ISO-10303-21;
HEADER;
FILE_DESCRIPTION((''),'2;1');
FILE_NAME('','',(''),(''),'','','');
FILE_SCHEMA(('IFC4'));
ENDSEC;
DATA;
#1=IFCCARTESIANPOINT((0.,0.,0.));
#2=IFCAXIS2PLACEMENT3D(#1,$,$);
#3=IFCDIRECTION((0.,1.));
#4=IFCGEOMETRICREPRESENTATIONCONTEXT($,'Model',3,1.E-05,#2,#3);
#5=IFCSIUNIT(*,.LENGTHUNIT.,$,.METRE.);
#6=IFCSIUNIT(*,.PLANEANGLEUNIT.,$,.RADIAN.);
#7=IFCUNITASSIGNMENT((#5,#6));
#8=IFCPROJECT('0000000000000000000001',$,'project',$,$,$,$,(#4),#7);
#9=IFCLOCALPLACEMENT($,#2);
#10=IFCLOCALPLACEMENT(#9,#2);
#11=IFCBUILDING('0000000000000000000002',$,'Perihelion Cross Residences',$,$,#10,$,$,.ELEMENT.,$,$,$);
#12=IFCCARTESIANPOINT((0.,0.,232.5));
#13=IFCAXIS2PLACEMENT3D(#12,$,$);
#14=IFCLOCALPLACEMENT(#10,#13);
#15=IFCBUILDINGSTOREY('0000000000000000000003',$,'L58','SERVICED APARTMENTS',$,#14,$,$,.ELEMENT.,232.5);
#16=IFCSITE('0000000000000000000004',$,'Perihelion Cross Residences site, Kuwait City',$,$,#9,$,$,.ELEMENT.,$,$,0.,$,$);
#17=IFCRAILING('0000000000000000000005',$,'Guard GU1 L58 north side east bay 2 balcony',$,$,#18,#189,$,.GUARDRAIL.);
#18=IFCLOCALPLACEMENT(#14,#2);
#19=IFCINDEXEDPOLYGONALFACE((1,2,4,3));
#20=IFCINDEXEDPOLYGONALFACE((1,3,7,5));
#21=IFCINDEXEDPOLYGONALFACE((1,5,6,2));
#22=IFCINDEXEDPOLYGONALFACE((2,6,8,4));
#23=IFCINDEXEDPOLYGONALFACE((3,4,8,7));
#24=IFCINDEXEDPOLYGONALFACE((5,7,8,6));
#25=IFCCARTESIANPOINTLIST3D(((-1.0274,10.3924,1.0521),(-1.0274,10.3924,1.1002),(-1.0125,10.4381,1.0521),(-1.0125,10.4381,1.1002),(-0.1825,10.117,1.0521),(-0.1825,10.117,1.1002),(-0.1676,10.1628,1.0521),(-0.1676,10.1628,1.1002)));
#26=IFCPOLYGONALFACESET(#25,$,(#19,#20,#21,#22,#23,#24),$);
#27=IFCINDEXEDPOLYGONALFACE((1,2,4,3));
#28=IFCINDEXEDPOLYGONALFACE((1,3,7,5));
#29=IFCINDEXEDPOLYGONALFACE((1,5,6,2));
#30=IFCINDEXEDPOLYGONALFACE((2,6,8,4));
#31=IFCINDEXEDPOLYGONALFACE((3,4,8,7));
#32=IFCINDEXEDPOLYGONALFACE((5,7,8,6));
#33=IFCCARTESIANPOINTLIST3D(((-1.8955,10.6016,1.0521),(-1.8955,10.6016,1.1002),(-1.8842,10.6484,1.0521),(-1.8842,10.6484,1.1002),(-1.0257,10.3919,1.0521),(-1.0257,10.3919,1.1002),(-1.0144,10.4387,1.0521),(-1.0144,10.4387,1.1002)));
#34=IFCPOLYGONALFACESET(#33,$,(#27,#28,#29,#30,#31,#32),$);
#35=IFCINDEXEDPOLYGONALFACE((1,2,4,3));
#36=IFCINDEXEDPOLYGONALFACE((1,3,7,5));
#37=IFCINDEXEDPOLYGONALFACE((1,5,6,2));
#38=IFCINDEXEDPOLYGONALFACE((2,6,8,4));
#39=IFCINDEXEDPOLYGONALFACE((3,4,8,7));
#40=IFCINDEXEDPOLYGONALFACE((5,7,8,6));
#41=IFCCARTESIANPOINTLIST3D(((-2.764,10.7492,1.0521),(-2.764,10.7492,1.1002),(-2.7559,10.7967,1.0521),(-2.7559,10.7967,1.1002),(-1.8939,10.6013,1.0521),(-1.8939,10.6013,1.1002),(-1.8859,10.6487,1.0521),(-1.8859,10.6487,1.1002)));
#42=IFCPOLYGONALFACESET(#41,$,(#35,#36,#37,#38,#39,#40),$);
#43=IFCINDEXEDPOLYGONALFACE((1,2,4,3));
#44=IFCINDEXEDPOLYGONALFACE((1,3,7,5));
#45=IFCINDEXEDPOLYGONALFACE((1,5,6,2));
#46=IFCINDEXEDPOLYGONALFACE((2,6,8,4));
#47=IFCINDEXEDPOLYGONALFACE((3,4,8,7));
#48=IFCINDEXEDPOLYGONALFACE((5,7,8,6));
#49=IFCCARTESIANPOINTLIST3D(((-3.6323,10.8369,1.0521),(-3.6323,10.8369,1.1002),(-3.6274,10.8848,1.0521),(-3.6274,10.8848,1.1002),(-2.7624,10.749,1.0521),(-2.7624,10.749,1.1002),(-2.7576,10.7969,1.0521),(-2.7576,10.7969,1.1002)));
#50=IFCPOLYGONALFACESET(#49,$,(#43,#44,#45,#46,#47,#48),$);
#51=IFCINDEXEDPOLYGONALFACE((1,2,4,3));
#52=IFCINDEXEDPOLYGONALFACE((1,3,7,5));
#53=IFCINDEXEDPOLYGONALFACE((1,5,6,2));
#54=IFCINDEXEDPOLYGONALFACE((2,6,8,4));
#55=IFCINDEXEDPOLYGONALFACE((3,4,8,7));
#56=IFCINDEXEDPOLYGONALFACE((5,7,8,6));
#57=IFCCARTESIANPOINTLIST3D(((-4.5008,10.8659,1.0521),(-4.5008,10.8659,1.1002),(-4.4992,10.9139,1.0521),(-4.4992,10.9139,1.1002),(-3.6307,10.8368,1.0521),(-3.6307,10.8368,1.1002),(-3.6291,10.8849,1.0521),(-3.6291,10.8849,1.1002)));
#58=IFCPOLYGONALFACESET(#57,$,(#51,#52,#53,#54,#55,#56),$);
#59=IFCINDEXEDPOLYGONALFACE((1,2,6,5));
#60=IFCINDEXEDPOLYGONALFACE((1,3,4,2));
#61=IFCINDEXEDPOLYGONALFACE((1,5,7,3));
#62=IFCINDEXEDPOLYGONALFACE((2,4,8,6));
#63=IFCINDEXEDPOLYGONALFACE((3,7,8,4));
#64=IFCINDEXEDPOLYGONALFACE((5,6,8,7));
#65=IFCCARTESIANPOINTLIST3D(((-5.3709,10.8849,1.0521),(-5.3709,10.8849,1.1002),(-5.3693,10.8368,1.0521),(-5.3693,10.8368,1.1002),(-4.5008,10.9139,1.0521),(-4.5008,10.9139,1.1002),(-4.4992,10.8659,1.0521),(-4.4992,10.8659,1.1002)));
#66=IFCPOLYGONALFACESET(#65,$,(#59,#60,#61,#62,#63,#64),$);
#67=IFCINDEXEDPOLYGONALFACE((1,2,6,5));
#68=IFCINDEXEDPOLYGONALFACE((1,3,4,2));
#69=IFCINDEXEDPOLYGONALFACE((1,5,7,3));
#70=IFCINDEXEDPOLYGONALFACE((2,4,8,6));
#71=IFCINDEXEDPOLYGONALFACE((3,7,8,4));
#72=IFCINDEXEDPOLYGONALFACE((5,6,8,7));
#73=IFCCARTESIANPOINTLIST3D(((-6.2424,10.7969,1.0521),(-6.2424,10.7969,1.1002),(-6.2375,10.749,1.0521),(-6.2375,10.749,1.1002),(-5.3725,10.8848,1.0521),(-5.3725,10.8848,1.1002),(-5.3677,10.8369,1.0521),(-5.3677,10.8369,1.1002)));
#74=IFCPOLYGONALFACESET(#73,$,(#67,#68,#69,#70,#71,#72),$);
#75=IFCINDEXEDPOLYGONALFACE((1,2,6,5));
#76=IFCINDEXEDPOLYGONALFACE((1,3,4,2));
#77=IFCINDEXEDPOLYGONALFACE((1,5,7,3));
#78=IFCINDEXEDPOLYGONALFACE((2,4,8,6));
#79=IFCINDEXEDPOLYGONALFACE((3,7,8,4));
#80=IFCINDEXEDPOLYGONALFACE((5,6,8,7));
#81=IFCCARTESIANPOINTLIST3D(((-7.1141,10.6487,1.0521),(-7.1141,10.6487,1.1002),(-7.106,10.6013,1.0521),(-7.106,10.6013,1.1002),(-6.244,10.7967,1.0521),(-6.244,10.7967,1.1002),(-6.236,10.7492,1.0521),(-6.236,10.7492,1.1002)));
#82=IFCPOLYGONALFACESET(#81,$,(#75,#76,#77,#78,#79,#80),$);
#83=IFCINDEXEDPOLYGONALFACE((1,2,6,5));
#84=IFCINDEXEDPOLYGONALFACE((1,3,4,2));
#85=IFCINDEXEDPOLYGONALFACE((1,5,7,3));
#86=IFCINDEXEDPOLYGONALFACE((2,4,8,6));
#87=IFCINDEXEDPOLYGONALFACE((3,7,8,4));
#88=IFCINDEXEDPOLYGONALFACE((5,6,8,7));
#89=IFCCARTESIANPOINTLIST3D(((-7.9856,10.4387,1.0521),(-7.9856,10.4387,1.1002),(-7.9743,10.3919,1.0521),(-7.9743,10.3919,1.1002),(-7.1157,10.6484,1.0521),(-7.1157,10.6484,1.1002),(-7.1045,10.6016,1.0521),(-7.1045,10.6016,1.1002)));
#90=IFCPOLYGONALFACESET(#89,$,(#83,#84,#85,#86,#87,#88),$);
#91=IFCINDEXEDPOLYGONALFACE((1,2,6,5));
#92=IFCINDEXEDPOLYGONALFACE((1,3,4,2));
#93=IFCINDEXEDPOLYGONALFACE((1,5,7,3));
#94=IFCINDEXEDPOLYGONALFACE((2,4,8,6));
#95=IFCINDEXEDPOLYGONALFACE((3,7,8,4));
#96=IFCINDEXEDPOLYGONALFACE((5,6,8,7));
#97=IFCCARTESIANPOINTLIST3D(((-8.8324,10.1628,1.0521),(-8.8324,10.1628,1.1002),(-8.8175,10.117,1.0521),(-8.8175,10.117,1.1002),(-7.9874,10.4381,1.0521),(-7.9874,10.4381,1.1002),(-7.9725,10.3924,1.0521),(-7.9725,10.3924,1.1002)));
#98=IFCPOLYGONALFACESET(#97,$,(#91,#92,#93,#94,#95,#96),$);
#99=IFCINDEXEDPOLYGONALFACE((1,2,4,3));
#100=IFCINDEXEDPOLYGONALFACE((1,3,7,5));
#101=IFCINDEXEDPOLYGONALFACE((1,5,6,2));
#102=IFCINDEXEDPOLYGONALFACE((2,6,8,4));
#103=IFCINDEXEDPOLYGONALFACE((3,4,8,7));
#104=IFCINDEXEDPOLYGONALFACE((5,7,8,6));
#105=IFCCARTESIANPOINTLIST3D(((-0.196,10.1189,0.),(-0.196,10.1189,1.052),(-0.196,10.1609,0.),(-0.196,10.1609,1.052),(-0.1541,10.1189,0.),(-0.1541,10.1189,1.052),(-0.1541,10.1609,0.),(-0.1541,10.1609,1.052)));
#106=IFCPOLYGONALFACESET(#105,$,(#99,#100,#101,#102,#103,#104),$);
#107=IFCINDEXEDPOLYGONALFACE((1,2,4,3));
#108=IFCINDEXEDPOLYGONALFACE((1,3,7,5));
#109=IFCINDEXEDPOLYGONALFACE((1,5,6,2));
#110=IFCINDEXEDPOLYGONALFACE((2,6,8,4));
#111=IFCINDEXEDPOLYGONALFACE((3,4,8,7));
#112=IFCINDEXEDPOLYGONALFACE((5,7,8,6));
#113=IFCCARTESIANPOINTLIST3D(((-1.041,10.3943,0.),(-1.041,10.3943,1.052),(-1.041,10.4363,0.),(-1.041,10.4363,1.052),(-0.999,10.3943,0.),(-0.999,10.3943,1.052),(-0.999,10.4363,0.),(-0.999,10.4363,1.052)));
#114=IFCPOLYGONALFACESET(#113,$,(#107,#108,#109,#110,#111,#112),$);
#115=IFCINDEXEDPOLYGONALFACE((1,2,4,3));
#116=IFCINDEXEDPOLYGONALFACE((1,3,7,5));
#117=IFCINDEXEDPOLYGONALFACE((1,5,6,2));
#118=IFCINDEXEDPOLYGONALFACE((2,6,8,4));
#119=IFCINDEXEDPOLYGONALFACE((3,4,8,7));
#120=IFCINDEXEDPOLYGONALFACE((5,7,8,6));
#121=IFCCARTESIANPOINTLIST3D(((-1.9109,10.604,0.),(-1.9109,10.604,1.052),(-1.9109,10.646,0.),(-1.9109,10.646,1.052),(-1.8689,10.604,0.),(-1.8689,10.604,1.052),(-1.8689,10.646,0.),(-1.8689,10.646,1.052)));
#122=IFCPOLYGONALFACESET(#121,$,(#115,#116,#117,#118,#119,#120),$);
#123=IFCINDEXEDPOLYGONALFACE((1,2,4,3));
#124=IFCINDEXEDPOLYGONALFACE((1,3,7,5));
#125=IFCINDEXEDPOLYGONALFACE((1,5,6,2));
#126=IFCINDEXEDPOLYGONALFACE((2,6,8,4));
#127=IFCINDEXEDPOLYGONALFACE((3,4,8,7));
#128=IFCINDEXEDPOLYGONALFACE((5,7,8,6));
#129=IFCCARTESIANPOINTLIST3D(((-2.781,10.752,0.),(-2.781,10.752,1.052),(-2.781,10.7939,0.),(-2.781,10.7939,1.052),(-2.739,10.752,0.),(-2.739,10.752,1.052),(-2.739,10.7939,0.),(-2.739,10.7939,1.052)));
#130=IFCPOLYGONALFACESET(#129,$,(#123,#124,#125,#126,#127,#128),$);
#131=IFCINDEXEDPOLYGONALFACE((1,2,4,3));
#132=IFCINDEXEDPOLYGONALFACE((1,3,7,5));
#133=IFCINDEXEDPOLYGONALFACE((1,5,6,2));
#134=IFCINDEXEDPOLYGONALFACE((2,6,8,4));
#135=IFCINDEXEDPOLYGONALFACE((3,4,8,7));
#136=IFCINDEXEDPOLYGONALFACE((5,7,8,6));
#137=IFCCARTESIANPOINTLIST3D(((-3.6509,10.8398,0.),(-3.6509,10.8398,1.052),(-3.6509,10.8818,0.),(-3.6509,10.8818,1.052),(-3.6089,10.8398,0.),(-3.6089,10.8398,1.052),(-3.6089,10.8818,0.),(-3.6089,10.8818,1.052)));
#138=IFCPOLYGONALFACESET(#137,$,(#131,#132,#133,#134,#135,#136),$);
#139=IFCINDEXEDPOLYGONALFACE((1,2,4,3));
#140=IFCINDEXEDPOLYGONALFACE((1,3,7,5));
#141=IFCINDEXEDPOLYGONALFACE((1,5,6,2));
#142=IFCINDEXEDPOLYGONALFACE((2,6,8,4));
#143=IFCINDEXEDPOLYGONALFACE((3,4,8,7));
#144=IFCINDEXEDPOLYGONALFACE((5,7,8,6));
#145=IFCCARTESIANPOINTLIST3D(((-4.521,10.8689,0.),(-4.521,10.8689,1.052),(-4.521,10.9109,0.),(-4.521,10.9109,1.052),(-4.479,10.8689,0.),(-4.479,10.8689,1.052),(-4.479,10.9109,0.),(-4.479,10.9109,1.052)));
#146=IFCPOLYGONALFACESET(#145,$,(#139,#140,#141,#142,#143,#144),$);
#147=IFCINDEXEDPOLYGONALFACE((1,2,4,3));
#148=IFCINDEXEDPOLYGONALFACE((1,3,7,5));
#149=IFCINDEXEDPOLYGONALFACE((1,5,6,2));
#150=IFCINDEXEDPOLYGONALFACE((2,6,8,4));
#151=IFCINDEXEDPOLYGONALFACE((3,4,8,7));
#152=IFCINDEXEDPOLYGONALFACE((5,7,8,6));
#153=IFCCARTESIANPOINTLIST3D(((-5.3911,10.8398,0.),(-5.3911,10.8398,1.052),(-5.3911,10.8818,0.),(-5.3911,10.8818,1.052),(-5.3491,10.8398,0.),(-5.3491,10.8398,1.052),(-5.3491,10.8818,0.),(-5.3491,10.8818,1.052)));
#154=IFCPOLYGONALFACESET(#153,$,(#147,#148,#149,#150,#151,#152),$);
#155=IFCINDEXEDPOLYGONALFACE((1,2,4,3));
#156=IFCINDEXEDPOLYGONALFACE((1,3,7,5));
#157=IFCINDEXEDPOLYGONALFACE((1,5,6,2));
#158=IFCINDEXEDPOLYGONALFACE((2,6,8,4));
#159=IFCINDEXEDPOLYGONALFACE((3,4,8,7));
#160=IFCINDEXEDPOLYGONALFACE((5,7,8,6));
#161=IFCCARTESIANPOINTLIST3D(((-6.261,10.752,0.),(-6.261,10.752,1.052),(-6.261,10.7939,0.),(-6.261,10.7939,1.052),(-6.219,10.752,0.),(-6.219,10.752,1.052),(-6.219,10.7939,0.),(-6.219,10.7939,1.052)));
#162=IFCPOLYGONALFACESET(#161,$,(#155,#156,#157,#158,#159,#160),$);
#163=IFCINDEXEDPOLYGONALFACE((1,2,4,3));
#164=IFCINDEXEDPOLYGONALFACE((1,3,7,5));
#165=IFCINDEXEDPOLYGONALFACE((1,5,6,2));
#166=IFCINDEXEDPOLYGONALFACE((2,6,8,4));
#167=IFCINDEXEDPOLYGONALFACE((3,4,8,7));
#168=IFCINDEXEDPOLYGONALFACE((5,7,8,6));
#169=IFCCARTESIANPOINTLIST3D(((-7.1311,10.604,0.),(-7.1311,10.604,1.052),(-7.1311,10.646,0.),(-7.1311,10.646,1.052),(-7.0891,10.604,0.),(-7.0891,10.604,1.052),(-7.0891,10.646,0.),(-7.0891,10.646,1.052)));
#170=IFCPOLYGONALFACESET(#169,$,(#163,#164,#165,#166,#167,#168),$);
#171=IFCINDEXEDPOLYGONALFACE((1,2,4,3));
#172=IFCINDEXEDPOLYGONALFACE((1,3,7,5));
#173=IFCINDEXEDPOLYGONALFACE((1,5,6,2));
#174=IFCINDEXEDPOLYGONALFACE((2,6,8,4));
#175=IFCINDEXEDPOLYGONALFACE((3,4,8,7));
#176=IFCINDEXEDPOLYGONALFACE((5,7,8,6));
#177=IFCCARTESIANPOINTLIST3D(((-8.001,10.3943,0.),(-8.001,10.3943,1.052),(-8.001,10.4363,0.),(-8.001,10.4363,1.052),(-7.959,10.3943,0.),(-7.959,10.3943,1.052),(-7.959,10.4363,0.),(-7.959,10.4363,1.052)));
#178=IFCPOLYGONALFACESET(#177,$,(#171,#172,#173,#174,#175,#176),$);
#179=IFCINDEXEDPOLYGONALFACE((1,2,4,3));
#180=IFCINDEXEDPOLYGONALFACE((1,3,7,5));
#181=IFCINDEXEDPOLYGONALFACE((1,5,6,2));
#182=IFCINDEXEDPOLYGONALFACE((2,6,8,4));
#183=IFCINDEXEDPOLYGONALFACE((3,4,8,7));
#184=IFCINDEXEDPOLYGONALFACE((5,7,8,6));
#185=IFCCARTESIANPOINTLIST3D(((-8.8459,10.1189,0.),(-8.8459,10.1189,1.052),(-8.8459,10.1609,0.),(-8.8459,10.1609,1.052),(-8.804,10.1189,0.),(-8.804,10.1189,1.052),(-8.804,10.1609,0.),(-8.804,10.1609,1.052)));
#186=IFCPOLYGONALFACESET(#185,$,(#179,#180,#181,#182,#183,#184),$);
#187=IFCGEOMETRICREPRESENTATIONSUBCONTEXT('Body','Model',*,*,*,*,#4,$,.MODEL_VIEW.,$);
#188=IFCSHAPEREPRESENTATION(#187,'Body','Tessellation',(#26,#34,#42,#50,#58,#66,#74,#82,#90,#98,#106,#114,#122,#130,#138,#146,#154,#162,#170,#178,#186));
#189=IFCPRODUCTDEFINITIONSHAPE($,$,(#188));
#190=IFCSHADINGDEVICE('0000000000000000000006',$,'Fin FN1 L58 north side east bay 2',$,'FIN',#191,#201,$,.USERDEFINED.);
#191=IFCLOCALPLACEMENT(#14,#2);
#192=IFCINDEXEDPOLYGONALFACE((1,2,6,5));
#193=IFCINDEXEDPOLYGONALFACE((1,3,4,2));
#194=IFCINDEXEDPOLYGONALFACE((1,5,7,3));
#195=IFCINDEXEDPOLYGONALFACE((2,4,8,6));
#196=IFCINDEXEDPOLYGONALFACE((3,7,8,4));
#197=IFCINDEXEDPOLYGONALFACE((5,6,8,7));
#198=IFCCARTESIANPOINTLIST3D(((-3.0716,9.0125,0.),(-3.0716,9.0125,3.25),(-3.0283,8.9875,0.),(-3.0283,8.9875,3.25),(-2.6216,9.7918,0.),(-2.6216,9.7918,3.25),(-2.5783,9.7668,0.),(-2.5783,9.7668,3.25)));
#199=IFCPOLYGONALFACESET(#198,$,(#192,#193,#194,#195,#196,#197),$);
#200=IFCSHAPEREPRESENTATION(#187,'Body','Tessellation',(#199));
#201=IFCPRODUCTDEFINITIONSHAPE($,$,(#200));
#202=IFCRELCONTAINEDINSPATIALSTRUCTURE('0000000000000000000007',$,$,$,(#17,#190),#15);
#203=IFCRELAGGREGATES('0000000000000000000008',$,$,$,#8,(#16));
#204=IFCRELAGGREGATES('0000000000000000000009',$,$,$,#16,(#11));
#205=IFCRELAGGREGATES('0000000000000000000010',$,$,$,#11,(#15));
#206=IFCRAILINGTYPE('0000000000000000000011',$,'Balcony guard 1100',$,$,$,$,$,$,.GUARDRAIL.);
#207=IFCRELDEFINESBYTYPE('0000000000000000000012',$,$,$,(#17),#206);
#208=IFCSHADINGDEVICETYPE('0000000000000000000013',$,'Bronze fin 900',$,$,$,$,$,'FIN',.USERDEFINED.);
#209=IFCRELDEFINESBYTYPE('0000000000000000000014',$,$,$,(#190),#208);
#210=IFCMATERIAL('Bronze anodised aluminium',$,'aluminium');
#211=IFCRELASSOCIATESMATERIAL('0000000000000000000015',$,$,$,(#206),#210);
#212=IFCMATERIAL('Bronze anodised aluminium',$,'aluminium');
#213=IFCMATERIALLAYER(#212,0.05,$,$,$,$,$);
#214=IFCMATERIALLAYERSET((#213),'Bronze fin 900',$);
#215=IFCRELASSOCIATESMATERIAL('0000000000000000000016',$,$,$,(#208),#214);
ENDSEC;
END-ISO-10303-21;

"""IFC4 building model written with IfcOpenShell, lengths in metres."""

from ifc_helpers import new_model, si_unit, direction, frame, origin, origin_2d, place, context, subcontext, project, spatial, rectangle, extrude, material, layer, layer_set, type_object, element, save


model = new_model("IFC4")

# Units and contexts
model_context = context("Model", 3, precision=1e-05, world=origin(), true_north=direction((0.0, 1.0)))
body_context = subcontext(model_context, "Body", "Model", "MODEL_VIEW")
ifc_project = project(units=[si_unit("LENGTHUNIT", "METRE"), si_unit("PLANEANGLEUNIT", "RADIAN")], contexts=[model_context])

# Site, building, storey
site_placement = place(None, origin())
site = spatial("IfcSite", under=ifc_project, at=site_placement, Name="Perihelion Cross Residences site, Kuwait City", CompositionType="ELEMENT", RefElevation=0.0)
building_placement = place(site_placement, origin())
building = spatial("IfcBuilding", under=site, at=building_placement, Name="Perihelion Cross Residences", CompositionType="ELEMENT")
storey_placement = place(building_placement, frame((0.0, 0.0, 232.5)))
storey = spatial("IfcBuildingStorey", under=building, at=storey_placement, Name="L58", Description="SERVICED APARTMENTS", CompositionType="ELEMENT", Elevation=232.5)

# Railing
ifc_material_1 = material(Name="Bronze anodised aluminium", Category="aluminium")
railing_type = type_object("IfcRailingType", Name="Balcony guard 1100", PredefinedType="GUARDRAIL", material=ifc_material_1)
railing_1_placement = place(storey_placement, frame((-0.175, 10.1399, 0.0)))
element("IfcRailing", 1, at=railing_1_placement, inside=storey, type_object=railing_type, Name="Guard GU1 L58 north side east bay 2 balcony", PredefinedType="GUARDRAIL", context=body_context, shape_type="SweptSolid", body=[
    extrude(rectangle(XDim=0.0481, YDim=0.0481, at=origin_2d()), frame((0.0, 0.0, 1.0762), z_axis=(-0.950777, 0.309875, 0.0), x_axis=(-0.309875, -0.950777, 0.0)), (0.0, 0.0, 1.0), 0.8887),
    extrude(rectangle(XDim=0.0481, YDim=0.0481, at=origin_2d()), frame((-0.845, 0.2754, 1.0762), z_axis=(-0.972147, 0.234374, 0.0), x_axis=(-0.234374, -0.972147, 0.0)), (0.0, 0.0, 1.0), 0.8948),
    extrude(rectangle(XDim=0.0481, YDim=0.0481, at=origin_2d()), frame((-1.7148, 0.4851, 1.0762), z_axis=(-0.98585, 0.167628, 0.0), x_axis=(-0.167628, -0.98585, 0.0)), (0.0, 0.0, 1.0), 0.8826),
    extrude(rectangle(XDim=0.0481, YDim=0.0481, at=origin_2d()), frame((-2.585, 0.6331, 1.0762), z_axis=(-0.994934, 0.100527, 0.0), x_axis=(-0.100527, -0.994934, 0.0)), (0.0, 0.0, 1.0), 0.8743),
    extrude(rectangle(XDim=0.0481, YDim=0.0481, at=origin_2d()), frame((-3.4548, 0.7209, 1.0762), z_axis=(-0.999443, 0.033371, 0.0), x_axis=(-0.033371, -0.999443, 0.0)), (0.0, 0.0, 1.0), 0.8706),
    extrude(rectangle(XDim=0.0481, YDim=0.0481, at=origin_2d()), frame((-4.325, 0.75, 1.0762), z_axis=(-0.999443, -0.033371, 0.0), x_axis=(0.033371, -0.999443, 0.0)), (0.0, 0.0, 1.0), 0.8706),
    extrude(rectangle(XDim=0.0481, YDim=0.0481, at=origin_2d()), frame((-5.1951, 0.7209, 1.0762), z_axis=(-0.994934, -0.100527, 0.0), x_axis=(0.100527, -0.994934, 0.0)), (0.0, 0.0, 1.0), 0.8743),
    extrude(rectangle(XDim=0.0481, YDim=0.0481, at=origin_2d()), frame((-6.0649, 0.6331, 1.0762), z_axis=(-0.98585, -0.167628, 0.0), x_axis=(0.167628, -0.98585, 0.0)), (0.0, 0.0, 1.0), 0.8826),
    extrude(rectangle(XDim=0.0481, YDim=0.0481, at=origin_2d()), frame((-6.9351, 0.4851, 1.0762), z_axis=(-0.972147, -0.234374, 0.0), x_axis=(0.234374, -0.972147, 0.0)), (0.0, 0.0, 1.0), 0.8948),
    extrude(rectangle(XDim=0.0481, YDim=0.0481, at=origin_2d()), frame((-7.8049, 0.2754, 1.0762), z_axis=(-0.950777, -0.309875, 0.0), x_axis=(0.309875, -0.950777, 0.0)), (0.0, 0.0, 1.0), 0.8887),
    extrude(rectangle(XDim=0.042, YDim=0.042, at=origin_2d()), origin(), (0.0, 0.0, 1.0), 1.052),
    extrude(rectangle(XDim=0.042, YDim=0.042, at=origin_2d()), frame((-0.845, 0.2754, 0.0)), (0.0, 0.0, 1.0), 1.052),
    extrude(rectangle(XDim=0.042, YDim=0.042, at=origin_2d()), frame((-1.7148, 0.4851, 0.0)), (0.0, 0.0, 1.0), 1.052),
    extrude(rectangle(XDim=0.042, YDim=0.042, at=origin_2d()), frame((-2.585, 0.6331, 0.0)), (0.0, 0.0, 1.0), 1.052),
    extrude(rectangle(XDim=0.042, YDim=0.042, at=origin_2d()), frame((-3.4548, 0.7209, 0.0)), (0.0, 0.0, 1.0), 1.052),
    extrude(rectangle(XDim=0.042, YDim=0.042, at=origin_2d()), frame((-4.325, 0.75, 0.0)), (0.0, 0.0, 1.0), 1.052),
    extrude(rectangle(XDim=0.042, YDim=0.042, at=origin_2d()), frame((-5.1951, 0.7209, 0.0)), (0.0, 0.0, 1.0), 1.052),
    extrude(rectangle(XDim=0.042, YDim=0.042, at=origin_2d()), frame((-6.0649, 0.6331, 0.0)), (0.0, 0.0, 1.0), 1.052),
    extrude(rectangle(XDim=0.042, YDim=0.042, at=origin_2d()), frame((-6.9351, 0.4851, 0.0)), (0.0, 0.0, 1.0), 1.052),
    extrude(rectangle(XDim=0.042, YDim=0.042, at=origin_2d()), frame((-7.8049, 0.2754, 0.0)), (0.0, 0.0, 1.0), 1.052),
    extrude(rectangle(XDim=0.042, YDim=0.042, at=origin_2d()), frame((-8.6499, 0.0, 0.0)), (0.0, 0.0, 1.0), 1.052),
])

# Shading device
ifc_material_2 = material(Name="Bronze anodised aluminium", Category="aluminium")
ifc_layer_1 = layer(ifc_material_2, 0.05)
ifc_layer_set_1 = layer_set([ifc_layer_1], Name="Bronze fin 900")
shading_device_type = type_object("IfcShadingDeviceType", Name="Bronze fin 900", ElementType="FIN", PredefinedType="USERDEFINED", material=ifc_layer_set_1)
shading_device_placement = place(storey_placement, frame((-2.825, 9.3896, 0.0), z_axis=(0.0, 0.0, 1.0), x_axis=(0.5, 0.866025, 0.0)))
element("IfcShadingDevice", 2, at=shading_device_placement, inside=storey, type_object=shading_device_type, Name="Fin FN1 L58 north side east bay 2", ObjectType="FIN", PredefinedType="USERDEFINED", context=body_context, shape_type="SweptSolid", body=[
    extrude(rectangle(XDim=0.8999, YDim=0.05, at=origin_2d()), origin(), (0.0, 0.0, 1.0), 3.25),
])

save(model, "model.ifc")
